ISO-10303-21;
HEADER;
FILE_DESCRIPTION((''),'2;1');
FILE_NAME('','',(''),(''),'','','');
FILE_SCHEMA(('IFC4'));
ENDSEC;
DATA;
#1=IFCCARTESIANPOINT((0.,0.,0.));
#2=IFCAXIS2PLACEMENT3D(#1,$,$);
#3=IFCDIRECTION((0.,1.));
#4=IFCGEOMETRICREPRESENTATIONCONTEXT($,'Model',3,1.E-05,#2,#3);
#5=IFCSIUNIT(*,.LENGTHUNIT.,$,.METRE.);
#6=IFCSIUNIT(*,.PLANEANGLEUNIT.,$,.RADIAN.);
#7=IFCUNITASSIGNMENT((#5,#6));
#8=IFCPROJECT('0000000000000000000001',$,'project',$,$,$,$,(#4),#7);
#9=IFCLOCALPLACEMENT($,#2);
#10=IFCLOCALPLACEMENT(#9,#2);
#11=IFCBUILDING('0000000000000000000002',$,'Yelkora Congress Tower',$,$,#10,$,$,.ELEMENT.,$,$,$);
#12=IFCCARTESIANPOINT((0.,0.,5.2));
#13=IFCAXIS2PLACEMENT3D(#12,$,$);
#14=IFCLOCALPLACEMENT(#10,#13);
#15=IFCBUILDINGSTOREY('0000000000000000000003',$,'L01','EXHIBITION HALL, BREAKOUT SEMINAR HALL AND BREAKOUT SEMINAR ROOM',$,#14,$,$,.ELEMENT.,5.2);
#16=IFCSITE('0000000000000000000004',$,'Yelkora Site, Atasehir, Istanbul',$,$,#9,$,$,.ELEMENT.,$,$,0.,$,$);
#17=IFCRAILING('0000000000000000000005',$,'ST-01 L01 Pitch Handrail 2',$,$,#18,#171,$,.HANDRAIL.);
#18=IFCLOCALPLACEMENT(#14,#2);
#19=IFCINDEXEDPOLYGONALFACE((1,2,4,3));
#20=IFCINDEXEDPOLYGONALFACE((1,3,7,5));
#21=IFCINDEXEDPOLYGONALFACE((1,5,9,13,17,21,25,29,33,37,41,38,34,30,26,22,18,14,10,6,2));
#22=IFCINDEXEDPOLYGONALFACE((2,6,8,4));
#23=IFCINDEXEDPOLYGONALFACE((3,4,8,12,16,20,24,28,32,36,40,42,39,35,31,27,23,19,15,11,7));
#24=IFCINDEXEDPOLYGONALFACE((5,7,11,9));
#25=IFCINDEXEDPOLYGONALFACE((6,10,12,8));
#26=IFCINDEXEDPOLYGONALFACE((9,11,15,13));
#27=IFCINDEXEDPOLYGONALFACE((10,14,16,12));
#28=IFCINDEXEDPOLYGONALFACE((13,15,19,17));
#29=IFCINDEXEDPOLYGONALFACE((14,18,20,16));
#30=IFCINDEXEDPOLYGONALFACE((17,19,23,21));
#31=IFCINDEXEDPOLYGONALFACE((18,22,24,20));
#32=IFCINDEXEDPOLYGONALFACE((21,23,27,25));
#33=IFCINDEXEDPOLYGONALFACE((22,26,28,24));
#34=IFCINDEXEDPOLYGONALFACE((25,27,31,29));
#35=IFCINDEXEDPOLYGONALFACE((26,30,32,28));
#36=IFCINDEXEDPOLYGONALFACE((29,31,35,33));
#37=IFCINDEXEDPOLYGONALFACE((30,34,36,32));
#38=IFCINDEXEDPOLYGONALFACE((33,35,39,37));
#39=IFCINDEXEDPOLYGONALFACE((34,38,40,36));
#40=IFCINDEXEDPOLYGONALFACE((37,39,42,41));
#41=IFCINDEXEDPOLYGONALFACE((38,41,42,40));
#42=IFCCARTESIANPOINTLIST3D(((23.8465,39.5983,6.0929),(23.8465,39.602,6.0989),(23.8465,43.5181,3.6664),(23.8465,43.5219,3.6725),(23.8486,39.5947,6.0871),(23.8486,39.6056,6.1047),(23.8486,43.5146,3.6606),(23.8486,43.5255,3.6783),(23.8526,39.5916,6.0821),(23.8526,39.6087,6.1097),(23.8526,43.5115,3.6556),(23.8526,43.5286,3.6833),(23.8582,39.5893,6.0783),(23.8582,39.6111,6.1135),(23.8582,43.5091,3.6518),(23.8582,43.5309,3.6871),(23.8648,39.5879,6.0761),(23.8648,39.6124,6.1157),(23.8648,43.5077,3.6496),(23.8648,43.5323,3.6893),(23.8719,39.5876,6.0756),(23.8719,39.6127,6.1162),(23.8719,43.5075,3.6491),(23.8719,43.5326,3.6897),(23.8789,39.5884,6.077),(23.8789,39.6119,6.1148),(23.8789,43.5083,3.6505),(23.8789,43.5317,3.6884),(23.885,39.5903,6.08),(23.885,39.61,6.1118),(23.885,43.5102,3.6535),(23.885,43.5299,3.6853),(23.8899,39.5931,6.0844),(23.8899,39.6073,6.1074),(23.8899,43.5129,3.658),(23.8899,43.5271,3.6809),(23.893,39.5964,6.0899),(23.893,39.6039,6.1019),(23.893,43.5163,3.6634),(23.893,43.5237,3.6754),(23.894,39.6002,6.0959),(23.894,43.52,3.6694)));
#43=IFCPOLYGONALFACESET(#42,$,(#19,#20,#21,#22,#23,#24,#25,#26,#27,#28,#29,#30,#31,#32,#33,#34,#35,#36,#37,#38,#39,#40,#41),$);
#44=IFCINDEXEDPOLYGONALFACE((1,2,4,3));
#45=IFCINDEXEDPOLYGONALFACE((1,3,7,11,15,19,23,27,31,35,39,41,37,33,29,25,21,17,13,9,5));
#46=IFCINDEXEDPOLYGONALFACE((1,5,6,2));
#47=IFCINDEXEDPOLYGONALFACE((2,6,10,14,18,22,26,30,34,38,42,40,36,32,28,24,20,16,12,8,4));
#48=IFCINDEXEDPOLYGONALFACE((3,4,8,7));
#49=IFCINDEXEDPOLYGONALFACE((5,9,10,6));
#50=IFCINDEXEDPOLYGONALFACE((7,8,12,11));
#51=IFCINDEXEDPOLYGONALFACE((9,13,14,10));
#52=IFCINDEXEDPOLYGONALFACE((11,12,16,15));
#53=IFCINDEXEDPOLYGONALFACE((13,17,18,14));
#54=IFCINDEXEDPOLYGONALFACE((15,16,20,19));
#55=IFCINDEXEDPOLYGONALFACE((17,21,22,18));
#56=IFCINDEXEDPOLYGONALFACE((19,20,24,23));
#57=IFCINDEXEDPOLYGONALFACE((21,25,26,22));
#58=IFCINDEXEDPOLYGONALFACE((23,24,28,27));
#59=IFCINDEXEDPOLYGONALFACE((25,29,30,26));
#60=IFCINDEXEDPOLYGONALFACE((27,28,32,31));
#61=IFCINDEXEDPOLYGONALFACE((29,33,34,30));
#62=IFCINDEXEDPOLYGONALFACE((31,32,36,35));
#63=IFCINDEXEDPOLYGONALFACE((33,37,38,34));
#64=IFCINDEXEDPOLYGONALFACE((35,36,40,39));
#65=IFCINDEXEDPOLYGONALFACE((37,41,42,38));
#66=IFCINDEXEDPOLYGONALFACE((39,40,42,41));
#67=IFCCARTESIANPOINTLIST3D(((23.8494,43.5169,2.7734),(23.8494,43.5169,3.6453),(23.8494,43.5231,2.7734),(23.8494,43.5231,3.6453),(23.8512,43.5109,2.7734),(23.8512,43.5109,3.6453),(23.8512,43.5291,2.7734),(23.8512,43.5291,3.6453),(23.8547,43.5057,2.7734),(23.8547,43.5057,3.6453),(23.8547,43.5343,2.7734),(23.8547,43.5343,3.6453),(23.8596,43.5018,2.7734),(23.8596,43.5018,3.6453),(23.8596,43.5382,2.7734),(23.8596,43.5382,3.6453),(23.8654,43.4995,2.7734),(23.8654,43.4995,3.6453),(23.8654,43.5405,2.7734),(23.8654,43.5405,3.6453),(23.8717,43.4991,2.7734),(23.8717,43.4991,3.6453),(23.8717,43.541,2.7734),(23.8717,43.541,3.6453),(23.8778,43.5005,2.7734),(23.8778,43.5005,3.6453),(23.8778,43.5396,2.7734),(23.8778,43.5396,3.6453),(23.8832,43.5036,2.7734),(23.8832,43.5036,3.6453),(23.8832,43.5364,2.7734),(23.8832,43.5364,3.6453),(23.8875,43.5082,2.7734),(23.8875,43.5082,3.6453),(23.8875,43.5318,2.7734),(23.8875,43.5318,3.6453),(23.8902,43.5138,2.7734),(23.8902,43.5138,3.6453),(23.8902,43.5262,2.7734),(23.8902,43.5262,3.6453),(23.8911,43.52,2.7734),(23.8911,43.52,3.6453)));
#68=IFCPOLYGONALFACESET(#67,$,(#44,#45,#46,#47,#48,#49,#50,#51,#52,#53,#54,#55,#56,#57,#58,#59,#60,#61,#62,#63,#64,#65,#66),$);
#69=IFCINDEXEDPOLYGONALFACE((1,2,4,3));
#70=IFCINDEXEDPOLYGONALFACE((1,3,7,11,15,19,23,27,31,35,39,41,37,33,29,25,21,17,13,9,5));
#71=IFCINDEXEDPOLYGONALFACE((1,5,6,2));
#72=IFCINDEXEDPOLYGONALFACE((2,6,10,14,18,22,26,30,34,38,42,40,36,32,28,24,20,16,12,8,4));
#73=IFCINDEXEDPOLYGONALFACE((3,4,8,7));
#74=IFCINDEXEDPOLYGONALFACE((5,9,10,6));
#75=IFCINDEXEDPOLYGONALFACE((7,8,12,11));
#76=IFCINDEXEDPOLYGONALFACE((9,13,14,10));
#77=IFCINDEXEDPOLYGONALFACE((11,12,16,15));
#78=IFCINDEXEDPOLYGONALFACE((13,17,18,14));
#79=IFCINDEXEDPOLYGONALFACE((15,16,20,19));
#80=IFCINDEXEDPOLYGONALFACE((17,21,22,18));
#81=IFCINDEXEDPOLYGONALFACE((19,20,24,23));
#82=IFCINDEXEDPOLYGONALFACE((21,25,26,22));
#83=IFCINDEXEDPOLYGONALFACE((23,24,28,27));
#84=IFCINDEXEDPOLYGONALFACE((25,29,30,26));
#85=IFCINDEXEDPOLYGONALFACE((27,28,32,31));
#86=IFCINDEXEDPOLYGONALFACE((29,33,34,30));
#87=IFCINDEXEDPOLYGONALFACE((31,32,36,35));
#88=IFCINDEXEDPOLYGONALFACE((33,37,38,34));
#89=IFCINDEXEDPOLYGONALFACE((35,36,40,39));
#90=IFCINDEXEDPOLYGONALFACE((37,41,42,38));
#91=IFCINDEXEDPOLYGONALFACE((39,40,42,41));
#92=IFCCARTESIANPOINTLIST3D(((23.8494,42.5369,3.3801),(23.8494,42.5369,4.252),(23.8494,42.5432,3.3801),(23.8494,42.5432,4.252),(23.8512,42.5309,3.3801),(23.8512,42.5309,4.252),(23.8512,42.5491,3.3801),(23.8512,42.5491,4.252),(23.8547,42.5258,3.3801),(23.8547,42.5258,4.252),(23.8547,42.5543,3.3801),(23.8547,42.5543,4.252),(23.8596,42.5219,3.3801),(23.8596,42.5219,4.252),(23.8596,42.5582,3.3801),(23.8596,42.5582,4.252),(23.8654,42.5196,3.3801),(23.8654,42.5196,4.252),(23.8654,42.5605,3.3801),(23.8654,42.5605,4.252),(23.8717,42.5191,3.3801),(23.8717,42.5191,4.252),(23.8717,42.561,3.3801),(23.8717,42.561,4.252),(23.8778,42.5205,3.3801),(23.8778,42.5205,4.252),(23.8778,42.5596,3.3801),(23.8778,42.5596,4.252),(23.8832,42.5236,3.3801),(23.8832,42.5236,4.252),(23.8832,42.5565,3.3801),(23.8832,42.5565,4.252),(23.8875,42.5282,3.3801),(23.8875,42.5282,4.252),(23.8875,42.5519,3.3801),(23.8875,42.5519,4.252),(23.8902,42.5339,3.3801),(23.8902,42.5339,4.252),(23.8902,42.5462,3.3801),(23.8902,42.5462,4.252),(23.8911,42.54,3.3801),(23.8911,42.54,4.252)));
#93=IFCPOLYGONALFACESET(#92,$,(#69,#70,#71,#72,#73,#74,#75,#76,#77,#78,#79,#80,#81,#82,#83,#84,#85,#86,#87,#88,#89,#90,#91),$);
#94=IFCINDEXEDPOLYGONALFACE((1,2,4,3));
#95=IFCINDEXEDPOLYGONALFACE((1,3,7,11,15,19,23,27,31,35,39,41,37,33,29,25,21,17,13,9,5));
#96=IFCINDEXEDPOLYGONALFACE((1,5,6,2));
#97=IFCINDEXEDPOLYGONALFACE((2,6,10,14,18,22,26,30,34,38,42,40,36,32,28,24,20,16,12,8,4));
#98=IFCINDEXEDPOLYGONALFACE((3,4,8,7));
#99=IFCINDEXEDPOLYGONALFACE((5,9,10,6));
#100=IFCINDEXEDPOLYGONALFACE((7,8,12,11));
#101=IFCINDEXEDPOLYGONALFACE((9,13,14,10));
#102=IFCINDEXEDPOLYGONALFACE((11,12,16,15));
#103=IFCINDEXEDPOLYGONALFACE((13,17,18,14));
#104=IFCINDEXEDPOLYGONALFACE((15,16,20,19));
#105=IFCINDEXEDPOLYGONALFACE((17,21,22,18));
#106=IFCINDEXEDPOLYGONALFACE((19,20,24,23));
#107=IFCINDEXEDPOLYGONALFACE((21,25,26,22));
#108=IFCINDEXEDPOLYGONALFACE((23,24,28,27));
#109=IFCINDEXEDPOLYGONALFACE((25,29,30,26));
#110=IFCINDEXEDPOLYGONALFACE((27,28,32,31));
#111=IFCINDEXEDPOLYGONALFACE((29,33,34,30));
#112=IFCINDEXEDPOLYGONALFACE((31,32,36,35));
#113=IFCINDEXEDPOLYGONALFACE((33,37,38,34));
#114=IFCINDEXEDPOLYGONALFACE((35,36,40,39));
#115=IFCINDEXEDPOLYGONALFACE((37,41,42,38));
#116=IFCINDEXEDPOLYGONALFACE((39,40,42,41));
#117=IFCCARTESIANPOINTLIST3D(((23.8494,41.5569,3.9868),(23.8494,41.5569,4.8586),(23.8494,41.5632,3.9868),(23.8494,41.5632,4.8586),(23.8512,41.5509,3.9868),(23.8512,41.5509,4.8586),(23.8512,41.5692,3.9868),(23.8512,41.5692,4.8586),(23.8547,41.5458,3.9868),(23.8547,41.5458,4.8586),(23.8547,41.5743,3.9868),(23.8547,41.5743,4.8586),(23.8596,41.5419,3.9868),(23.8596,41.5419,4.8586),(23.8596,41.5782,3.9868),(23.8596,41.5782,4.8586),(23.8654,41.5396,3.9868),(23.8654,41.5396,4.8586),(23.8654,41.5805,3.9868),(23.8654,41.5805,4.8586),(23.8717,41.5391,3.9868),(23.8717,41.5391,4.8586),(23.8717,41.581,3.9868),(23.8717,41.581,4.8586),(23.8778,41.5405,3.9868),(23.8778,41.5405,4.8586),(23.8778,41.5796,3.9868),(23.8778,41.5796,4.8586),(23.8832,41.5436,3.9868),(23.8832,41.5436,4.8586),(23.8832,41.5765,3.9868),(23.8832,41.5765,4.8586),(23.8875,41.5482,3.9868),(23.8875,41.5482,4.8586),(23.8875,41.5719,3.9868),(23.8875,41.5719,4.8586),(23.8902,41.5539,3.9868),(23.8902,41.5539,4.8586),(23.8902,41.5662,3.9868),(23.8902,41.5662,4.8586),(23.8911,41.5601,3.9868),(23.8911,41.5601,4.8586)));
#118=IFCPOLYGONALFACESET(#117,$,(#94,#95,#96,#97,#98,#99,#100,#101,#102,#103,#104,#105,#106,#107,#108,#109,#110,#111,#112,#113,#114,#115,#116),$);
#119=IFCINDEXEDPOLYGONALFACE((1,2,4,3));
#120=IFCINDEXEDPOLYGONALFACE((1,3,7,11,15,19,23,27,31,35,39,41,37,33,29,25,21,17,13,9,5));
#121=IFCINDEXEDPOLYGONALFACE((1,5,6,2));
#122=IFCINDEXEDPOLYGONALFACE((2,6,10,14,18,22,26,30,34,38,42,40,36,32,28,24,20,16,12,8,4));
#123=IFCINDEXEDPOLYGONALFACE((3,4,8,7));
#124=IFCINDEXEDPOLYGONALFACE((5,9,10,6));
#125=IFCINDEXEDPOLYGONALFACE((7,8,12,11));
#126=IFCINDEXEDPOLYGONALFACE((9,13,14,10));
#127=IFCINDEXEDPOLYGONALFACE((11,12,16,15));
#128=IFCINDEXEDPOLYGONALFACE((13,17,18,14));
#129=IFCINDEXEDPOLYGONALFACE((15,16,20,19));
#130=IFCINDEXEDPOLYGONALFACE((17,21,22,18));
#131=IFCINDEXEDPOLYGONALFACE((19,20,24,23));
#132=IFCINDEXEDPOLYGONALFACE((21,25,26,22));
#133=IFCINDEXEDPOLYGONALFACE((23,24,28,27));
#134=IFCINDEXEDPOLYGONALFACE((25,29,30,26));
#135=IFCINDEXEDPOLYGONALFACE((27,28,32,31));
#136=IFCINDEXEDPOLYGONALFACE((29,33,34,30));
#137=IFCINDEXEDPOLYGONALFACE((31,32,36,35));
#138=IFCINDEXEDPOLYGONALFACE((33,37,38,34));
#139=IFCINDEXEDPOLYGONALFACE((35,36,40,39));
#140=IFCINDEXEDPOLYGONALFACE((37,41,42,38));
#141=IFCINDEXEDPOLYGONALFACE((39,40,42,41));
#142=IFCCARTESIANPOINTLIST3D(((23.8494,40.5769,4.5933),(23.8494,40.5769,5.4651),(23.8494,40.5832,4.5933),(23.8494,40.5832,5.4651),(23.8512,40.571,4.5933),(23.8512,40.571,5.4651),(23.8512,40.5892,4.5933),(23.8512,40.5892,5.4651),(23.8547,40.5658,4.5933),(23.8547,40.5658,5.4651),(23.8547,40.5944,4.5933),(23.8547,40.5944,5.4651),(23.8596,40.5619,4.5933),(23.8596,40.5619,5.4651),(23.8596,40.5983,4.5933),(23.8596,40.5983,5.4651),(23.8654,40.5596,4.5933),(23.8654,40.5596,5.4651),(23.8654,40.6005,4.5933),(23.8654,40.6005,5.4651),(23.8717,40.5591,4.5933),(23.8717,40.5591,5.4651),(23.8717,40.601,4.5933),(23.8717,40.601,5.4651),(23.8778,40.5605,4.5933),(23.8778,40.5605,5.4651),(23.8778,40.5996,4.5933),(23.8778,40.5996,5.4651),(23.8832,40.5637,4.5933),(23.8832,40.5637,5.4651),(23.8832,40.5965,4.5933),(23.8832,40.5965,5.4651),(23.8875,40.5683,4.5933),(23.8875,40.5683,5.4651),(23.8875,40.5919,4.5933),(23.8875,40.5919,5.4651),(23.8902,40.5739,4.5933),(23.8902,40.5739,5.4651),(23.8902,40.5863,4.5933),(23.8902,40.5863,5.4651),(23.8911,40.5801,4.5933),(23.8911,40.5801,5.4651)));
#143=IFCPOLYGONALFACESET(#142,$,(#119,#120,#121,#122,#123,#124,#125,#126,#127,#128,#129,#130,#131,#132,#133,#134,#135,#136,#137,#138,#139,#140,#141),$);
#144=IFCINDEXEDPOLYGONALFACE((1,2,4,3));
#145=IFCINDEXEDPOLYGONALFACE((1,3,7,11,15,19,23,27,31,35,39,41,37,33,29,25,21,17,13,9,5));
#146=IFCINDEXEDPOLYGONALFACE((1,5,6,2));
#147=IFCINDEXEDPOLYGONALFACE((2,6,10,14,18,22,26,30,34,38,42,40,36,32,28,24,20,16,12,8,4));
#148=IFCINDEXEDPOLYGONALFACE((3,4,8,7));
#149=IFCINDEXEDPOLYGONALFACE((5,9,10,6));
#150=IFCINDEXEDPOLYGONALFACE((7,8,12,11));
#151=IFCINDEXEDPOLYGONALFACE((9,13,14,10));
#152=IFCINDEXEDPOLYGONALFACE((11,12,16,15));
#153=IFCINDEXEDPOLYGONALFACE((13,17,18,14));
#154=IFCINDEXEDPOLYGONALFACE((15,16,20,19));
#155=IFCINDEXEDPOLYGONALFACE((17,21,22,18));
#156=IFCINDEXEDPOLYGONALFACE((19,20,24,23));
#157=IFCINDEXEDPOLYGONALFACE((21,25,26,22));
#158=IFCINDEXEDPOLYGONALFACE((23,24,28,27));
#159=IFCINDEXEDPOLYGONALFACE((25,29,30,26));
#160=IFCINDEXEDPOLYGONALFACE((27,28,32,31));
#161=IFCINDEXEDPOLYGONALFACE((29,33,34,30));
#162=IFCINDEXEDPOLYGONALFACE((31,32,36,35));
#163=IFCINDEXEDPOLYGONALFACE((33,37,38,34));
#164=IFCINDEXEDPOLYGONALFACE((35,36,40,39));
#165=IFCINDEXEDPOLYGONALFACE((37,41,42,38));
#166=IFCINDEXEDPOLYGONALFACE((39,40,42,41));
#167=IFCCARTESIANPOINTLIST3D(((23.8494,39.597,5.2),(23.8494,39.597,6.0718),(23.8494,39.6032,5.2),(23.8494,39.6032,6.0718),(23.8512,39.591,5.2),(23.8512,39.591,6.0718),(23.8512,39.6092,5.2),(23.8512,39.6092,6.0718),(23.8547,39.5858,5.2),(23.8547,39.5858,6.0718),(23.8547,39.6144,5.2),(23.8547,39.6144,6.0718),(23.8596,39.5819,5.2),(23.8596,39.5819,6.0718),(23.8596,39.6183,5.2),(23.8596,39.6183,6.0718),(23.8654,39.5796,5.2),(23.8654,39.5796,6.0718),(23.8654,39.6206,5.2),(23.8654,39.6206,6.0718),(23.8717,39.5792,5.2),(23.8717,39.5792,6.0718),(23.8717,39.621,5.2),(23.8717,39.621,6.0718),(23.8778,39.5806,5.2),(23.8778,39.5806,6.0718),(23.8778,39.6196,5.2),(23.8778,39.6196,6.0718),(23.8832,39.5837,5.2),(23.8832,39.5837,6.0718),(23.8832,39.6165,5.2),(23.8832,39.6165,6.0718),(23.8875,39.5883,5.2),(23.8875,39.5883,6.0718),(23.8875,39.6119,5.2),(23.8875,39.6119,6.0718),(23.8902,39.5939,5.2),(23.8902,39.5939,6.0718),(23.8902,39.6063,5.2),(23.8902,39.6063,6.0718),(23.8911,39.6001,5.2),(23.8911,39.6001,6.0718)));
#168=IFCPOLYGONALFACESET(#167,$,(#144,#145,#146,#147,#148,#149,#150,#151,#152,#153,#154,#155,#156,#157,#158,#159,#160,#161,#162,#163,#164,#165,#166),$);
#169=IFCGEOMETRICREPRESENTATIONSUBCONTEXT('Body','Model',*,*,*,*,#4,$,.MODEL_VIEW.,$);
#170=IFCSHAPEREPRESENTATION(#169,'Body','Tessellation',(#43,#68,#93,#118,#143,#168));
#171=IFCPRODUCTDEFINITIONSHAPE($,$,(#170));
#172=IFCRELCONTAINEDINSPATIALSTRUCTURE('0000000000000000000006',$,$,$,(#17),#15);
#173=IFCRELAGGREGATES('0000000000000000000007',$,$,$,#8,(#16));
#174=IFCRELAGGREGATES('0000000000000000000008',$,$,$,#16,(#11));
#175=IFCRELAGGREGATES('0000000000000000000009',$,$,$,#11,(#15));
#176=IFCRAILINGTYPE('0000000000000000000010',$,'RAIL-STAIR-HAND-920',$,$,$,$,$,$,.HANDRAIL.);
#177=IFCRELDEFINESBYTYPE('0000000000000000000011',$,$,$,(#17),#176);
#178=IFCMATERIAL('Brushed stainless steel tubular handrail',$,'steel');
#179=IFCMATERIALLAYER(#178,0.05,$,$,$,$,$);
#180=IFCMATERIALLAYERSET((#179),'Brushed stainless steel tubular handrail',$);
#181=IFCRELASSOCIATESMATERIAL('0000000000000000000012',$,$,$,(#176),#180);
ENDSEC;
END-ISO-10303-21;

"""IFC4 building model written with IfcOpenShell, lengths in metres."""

from ifc_helpers import new_model, si_unit, direction, frame, origin, origin_2d, place, context, subcontext, project, spatial, circle, extrude, material, layer, layer_set, type_object, element, save


model = new_model("IFC4")

# Units and contexts
model_context = context("Model", 3, precision=1e-05, world=origin(), true_north=direction((0.0, 1.0)))
body_context = subcontext(model_context, "Body", "Model", "MODEL_VIEW")
ifc_project = project(units=[si_unit("LENGTHUNIT", "METRE"), si_unit("PLANEANGLEUNIT", "RADIAN")], contexts=[model_context])

# Site, building, storey
site_placement = place(None, origin())
site = spatial("IfcSite", under=ifc_project, at=site_placement, Name="Yelkora Site, Atasehir, Istanbul", CompositionType="ELEMENT", RefElevation=0.0)
building_placement = place(site_placement, origin())
building = spatial("IfcBuilding", under=site, at=building_placement, Name="Yelkora Congress Tower", CompositionType="ELEMENT")
storey_placement = place(building_placement, frame((0.0, 0.0, 5.2)))
storey = spatial("IfcBuildingStorey", under=building, at=storey_placement, Name="L01", Description="EXHIBITION HALL, BREAKOUT SEMINAR HALL AND BREAKOUT SEMINAR ROOM", CompositionType="ELEMENT", Elevation=5.2)

# Railing
ifc_material_1 = material(Name="Brushed stainless steel tubular handrail", Category="steel")
ifc_layer_1 = layer(ifc_material_1, 0.05)
ifc_layer_set_1 = layer_set([ifc_layer_1], Name="Brushed stainless steel tubular handrail")
railing_type_1 = type_object("IfcRailingType", Name="RAIL-STAIR-HAND-920", PredefinedType="HANDRAIL", material=ifc_layer_set_1)
railing_1_placement = place(storey_placement, frame((23.8701, 43.52, 2.7734)))
element("IfcRailing", 1, at=railing_1_placement, inside=storey, type_object=railing_type_1, Name="ST-01 L01 Pitch Handrail 2", PredefinedType="HANDRAIL", context=body_context, shape_type="SweptSolid", body=[
    extrude(circle(Radius=0.0239, at=origin_2d()), frame((0.0, 0.0, 0.896), z_axis=(0.0, -0.850275, 0.526338), x_axis=(1.0, 0.0, 0.0)), (0.0, 0.0, 1.0), 4.6101),
    extrude(circle(Radius=0.021, at=origin_2d()), origin(), (0.0, 0.0, 1.0), 0.8718),
    extrude(circle(Radius=0.021, at=origin_2d()), frame((0.0, -0.98, 0.6067)), (0.0, 0.0, 1.0), 0.8718),
    extrude(circle(Radius=0.021, at=origin_2d()), frame((0.0, -1.96, 1.2134)), (0.0, 0.0, 1.0), 0.8718),
    extrude(circle(Radius=0.021, at=origin_2d()), frame((0.0, -2.9399, 1.8198)), (0.0, 0.0, 1.0), 0.8718),
    extrude(circle(Radius=0.021, at=origin_2d()), frame((0.0, -3.9199, 2.4265)), (0.0, 0.0, 1.0), 0.8718),
])

save(model, "model.ifc")
